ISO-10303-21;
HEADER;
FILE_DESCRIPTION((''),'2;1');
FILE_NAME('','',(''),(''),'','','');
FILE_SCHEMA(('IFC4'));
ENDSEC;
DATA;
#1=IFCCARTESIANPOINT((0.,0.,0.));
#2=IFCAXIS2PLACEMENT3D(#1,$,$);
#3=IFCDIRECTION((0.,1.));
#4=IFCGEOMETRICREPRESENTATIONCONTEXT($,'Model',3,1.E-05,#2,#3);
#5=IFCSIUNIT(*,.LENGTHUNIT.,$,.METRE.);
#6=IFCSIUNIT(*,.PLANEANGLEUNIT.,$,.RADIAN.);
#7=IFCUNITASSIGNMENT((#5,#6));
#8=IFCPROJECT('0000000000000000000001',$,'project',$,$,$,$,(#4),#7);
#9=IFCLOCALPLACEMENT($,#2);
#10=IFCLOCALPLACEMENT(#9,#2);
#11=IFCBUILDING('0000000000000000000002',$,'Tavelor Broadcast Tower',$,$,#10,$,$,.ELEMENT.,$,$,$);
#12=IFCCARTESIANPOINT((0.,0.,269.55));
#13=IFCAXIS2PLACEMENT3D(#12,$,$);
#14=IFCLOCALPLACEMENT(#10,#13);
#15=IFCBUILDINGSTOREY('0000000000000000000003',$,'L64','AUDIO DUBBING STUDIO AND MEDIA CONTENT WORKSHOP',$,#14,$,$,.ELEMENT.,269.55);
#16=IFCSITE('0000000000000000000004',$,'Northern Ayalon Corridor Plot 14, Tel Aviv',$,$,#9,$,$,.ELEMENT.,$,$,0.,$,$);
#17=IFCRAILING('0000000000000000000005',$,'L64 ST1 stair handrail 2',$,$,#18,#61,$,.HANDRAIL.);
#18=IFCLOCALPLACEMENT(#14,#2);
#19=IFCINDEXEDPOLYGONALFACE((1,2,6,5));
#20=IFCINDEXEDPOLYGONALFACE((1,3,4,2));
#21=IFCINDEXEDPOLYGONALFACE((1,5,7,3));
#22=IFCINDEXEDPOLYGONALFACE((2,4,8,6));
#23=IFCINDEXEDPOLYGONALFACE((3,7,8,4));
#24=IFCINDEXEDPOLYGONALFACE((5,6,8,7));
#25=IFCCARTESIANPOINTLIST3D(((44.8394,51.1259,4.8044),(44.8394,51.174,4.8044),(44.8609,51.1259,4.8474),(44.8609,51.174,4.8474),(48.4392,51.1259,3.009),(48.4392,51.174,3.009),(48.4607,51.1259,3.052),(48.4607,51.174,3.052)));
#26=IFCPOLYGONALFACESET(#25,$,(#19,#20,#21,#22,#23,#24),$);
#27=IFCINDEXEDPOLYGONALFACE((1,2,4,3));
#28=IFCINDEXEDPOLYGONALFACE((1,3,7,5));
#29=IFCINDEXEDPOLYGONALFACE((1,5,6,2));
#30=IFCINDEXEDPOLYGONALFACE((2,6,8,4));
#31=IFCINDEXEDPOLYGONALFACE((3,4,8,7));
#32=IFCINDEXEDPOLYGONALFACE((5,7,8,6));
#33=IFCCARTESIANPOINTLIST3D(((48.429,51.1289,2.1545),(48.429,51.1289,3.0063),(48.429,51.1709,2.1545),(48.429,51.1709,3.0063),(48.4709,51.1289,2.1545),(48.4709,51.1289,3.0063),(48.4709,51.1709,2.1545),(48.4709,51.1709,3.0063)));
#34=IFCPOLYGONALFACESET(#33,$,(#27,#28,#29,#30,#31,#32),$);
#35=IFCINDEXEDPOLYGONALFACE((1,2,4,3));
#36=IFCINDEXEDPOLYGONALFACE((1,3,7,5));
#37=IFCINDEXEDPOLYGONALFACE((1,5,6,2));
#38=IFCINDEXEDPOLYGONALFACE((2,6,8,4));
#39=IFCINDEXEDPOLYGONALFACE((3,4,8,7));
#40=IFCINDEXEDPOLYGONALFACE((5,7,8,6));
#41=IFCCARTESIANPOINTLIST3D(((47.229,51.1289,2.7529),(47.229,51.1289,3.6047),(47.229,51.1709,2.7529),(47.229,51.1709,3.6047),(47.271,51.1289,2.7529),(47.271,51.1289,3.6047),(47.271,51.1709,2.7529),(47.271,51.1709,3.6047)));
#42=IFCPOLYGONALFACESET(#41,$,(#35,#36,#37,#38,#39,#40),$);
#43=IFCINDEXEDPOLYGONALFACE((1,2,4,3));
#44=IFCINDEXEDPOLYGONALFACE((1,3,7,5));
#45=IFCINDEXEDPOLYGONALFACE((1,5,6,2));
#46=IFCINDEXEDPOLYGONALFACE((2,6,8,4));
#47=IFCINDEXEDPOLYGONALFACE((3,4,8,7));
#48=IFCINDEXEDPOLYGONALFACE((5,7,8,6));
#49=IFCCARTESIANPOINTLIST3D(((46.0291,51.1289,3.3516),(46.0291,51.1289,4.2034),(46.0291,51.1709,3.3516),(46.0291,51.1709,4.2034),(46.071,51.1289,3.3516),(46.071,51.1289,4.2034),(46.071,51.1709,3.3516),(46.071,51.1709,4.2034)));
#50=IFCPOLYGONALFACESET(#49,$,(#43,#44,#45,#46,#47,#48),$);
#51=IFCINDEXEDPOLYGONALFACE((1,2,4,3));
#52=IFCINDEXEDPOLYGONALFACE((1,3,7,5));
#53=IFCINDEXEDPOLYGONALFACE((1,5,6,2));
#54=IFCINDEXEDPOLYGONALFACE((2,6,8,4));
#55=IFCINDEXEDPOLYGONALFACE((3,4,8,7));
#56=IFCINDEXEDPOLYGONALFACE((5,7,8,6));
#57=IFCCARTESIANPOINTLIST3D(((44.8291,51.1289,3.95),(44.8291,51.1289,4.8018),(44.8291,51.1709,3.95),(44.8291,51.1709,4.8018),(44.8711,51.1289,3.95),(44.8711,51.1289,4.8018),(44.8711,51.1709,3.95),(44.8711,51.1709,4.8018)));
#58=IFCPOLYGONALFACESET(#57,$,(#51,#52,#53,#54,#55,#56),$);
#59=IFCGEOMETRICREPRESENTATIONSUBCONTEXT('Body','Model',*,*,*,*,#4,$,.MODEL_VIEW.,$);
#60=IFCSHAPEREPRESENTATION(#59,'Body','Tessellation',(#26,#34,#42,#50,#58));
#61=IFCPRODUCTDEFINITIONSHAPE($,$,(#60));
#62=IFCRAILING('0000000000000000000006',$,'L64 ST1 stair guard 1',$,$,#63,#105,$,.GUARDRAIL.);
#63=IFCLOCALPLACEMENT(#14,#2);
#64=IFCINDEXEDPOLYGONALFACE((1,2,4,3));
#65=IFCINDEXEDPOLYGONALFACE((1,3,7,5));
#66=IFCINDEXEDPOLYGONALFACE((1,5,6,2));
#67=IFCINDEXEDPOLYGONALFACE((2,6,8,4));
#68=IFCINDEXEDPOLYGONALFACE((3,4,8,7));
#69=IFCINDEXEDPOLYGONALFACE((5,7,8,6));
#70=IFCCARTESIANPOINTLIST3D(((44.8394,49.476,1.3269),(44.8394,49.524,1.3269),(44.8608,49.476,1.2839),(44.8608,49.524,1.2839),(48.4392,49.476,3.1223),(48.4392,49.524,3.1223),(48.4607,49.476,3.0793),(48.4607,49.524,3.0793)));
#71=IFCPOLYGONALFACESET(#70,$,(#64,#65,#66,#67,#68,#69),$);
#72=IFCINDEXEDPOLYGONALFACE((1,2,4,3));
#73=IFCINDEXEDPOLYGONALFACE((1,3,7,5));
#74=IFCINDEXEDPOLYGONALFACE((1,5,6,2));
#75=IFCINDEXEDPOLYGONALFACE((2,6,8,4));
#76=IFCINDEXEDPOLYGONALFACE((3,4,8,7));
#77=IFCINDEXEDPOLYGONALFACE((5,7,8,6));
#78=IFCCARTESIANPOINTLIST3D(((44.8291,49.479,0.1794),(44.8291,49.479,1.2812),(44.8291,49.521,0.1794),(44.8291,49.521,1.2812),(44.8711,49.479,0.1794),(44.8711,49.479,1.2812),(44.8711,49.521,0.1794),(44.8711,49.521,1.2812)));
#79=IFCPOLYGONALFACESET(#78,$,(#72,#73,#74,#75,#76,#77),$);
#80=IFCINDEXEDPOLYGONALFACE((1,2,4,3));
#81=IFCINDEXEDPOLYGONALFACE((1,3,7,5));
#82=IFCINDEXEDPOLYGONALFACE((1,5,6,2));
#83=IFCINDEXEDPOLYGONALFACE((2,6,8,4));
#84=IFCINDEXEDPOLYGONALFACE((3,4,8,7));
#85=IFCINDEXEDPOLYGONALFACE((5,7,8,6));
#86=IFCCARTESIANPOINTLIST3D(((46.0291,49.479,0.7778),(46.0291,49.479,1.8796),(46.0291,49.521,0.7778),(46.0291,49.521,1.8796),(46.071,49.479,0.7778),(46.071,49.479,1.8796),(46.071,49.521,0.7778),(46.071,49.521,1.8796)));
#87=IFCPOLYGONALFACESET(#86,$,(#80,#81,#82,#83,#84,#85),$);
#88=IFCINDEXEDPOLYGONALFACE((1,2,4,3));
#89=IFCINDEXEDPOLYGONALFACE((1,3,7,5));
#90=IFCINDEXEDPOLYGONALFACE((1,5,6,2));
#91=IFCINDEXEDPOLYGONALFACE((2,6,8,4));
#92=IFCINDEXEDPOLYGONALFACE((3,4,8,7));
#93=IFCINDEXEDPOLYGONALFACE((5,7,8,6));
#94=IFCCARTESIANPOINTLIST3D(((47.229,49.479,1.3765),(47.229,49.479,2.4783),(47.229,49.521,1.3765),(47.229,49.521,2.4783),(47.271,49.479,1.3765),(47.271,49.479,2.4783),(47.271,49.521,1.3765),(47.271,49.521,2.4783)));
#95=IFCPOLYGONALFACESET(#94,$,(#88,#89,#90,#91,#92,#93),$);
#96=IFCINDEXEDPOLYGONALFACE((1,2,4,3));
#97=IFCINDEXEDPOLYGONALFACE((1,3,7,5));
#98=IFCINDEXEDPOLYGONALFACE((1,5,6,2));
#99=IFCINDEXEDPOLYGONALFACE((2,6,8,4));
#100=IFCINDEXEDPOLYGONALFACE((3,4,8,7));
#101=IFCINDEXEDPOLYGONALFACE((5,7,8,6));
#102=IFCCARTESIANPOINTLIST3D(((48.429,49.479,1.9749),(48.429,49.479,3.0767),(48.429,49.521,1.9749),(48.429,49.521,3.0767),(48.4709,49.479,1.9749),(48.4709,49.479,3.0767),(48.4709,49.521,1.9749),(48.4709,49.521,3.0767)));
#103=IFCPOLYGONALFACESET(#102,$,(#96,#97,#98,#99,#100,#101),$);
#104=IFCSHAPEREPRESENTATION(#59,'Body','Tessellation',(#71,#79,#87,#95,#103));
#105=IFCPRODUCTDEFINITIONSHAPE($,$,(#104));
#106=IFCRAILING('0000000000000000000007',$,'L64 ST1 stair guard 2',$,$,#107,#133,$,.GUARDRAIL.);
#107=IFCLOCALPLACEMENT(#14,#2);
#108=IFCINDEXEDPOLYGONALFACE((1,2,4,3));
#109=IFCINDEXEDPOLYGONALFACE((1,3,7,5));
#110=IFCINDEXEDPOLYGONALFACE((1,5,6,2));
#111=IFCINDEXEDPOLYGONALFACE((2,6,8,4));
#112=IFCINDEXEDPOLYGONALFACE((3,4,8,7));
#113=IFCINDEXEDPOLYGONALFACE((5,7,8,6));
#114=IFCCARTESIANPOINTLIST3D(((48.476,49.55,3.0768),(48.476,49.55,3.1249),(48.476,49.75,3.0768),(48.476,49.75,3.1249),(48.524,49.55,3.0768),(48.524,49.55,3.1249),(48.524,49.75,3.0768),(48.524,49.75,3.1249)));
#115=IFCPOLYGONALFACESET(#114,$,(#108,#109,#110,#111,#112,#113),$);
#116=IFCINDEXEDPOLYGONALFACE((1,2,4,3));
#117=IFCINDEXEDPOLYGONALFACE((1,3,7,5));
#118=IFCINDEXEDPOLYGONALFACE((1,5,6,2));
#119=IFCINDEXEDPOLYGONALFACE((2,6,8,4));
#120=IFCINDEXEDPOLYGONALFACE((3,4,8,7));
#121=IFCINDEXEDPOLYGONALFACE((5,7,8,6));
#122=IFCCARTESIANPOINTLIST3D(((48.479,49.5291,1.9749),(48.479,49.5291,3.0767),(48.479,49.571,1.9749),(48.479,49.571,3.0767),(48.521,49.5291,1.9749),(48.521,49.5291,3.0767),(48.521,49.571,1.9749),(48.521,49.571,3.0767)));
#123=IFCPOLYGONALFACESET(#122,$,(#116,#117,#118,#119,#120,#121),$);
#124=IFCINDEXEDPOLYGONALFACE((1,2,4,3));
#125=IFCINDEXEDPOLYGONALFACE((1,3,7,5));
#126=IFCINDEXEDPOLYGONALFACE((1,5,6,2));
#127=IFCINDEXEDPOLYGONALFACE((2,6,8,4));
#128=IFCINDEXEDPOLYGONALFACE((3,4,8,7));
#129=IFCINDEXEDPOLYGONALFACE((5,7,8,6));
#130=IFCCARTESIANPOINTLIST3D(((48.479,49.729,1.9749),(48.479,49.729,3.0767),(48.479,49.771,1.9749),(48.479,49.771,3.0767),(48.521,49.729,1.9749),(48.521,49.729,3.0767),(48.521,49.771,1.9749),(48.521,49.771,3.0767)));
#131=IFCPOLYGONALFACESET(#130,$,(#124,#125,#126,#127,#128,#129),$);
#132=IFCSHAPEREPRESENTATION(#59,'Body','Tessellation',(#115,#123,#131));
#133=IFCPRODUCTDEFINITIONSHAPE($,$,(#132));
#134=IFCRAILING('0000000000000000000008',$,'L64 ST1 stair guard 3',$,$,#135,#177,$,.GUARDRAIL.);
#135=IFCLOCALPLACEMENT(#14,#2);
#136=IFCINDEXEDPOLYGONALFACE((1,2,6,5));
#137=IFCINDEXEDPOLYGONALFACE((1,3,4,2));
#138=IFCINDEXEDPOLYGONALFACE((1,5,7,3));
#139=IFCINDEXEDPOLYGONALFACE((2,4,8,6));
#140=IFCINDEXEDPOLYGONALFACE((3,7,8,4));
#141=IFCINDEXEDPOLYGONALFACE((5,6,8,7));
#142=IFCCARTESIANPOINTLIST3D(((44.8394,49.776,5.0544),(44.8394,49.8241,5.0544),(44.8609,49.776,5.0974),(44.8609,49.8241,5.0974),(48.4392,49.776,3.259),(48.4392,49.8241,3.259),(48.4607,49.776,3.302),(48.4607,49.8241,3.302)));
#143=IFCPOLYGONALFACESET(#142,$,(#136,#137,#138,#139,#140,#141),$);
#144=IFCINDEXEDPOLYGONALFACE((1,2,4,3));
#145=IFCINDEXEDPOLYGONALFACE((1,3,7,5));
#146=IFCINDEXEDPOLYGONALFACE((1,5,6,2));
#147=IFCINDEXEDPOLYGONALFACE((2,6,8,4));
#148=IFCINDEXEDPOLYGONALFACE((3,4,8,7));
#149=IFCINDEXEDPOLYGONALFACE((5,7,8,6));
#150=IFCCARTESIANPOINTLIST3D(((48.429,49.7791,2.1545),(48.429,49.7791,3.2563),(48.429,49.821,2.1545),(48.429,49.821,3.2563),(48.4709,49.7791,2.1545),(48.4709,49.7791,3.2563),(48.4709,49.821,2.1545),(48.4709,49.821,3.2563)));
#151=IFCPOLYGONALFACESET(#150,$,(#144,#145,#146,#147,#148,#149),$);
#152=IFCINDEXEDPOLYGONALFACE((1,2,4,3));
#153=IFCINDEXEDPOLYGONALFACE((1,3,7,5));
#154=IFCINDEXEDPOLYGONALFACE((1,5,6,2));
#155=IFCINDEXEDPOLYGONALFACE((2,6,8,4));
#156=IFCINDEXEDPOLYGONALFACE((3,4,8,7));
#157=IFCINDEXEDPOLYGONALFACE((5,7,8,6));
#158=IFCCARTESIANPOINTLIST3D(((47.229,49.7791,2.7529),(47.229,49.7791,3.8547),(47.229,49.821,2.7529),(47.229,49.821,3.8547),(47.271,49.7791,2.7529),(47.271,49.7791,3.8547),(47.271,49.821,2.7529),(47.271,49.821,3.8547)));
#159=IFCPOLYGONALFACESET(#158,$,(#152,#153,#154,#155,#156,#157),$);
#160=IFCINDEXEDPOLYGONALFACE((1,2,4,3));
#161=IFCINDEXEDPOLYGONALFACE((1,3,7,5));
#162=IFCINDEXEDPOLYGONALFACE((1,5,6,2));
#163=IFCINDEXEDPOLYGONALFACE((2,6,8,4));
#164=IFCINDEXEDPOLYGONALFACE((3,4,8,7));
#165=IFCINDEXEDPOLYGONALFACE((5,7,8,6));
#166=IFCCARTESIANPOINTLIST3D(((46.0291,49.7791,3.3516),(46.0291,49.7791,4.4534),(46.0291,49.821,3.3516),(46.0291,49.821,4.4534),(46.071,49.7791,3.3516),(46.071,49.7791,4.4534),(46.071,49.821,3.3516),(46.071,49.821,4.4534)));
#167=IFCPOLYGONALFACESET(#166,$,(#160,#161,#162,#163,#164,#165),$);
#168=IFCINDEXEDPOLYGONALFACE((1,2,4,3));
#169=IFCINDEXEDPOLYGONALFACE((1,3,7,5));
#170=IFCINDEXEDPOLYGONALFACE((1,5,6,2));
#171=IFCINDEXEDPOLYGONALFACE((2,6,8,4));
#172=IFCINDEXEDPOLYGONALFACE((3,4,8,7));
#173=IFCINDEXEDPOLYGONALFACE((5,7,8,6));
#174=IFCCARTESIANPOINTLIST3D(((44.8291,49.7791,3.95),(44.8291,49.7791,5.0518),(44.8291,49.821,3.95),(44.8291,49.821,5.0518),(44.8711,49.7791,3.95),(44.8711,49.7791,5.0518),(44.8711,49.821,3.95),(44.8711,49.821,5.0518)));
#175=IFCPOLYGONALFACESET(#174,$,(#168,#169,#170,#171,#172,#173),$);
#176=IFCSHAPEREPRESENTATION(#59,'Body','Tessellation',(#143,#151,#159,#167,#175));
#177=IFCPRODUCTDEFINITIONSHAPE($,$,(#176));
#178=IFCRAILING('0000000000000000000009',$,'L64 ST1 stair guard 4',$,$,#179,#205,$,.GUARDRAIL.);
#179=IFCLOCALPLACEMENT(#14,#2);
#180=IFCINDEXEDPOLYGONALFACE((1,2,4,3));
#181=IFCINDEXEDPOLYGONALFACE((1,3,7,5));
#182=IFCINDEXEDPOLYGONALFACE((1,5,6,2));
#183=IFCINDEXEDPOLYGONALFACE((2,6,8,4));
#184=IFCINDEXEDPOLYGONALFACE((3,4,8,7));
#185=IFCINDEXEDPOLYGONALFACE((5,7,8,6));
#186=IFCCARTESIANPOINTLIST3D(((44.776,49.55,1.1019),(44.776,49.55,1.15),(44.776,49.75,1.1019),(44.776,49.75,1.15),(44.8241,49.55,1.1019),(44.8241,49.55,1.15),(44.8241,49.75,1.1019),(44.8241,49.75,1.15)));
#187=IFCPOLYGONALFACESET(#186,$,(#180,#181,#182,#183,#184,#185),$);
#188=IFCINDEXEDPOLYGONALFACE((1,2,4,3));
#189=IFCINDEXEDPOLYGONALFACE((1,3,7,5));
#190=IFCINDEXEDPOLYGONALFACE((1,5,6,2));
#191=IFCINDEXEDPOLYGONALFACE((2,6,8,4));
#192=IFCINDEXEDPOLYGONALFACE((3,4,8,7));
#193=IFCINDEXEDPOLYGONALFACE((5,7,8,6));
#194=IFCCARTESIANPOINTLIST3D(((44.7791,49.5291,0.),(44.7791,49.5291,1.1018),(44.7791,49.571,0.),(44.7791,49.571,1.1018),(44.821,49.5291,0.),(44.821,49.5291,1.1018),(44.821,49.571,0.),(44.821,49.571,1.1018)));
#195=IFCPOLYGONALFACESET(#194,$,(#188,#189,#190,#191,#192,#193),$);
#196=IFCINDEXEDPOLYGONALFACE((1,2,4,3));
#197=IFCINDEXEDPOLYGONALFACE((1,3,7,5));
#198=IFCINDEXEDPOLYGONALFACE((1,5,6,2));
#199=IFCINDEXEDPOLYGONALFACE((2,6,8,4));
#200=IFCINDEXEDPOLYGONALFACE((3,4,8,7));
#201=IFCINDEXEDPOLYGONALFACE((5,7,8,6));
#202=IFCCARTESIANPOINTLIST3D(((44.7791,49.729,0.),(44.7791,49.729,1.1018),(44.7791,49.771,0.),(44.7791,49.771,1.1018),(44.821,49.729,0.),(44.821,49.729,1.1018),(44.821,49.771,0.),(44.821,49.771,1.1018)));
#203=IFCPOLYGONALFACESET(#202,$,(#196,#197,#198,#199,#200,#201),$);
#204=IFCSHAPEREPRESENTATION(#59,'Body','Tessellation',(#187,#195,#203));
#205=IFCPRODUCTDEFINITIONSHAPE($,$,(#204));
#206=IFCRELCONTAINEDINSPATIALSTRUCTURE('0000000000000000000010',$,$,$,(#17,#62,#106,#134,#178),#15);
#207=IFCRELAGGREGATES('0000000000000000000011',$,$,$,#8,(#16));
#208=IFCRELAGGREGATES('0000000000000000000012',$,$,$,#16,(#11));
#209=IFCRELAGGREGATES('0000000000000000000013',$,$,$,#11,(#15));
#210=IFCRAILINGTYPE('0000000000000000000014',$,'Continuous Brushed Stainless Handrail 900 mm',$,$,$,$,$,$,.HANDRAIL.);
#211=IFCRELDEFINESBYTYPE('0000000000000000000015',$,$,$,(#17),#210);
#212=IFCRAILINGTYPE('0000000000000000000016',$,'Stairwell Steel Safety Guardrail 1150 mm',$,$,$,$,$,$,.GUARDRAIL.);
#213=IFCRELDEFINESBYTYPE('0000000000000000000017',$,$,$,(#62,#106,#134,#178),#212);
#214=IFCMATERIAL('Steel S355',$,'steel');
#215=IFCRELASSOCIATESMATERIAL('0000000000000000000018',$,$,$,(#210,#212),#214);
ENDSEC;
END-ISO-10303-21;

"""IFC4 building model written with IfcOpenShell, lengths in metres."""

from ifc_helpers import new_model, si_unit, direction, frame, origin, origin_2d, place, context, subcontext, project, spatial, rectangle, extrude, material, type_object, element, save


model = new_model("IFC4")

# Units and contexts
model_context = context("Model", 3, precision=1e-05, world=origin(), true_north=direction((0.0, 1.0)))
body_context = subcontext(model_context, "Body", "Model", "MODEL_VIEW")
ifc_project = project(units=[si_unit("LENGTHUNIT", "METRE"), si_unit("PLANEANGLEUNIT", "RADIAN")], contexts=[model_context])

# Site, building, storey
site_placement = place(None, origin())
site = spatial("IfcSite", under=ifc_project, at=site_placement, Name="Northern Ayalon Corridor Plot 14, Tel Aviv", CompositionType="ELEMENT", RefElevation=0.0)
building_placement = place(site_placement, origin())
building = spatial("IfcBuilding", under=site, at=building_placement, Name="Tavelor Broadcast Tower", CompositionType="ELEMENT")
storey_placement = place(building_placement, frame((0.0, 0.0, 269.55)))
storey = spatial("IfcBuildingStorey", under=building, at=storey_placement, Name="L64", Description="AUDIO DUBBING STUDIO AND MEDIA CONTENT WORKSHOP", CompositionType="ELEMENT", Elevation=269.55)

# Shared definitions
ifc_material_1 = material(Name="Steel S355", Category="steel")

# Railings
railing_type_1 = type_object("IfcRailingType", Name="Continuous Brushed Stainless Handrail 900 mm", PredefinedType="HANDRAIL", material=ifc_material_1)
railing_1_placement = place(storey_placement, frame((48.45, 51.1499, 2.1545)))
element("IfcRailing", 1, at=railing_1_placement, inside=storey, type_object=railing_type_1, Name="L64 ST1 stair handrail 2", PredefinedType="HANDRAIL", context=body_context, shape_type="SweptSolid", body=[
    extrude(rectangle(XDim=0.0481, YDim=0.0481, at=origin_2d()), frame((0.0, 0.0, 0.876), z_axis=(-0.894876, 0.0, 0.446315), x_axis=(0.0, -1.0, 0.0)), (0.0, 0.0, 1.0), 4.0227),
    extrude(rectangle(XDim=0.042, YDim=0.042, at=origin_2d()), origin(), (0.0, 0.0, 1.0), 0.8518),
    extrude(rectangle(XDim=0.042, YDim=0.042, at=origin_2d()), frame((-1.2, 0.0, 0.5984)), (0.0, 0.0, 1.0), 0.8518),
    extrude(rectangle(XDim=0.042, YDim=0.042, at=origin_2d()), frame((-2.3999, 0.0, 1.197)), (0.0, 0.0, 1.0), 0.8518),
    extrude(rectangle(XDim=0.042, YDim=0.042, at=origin_2d()), frame((-3.5999, 0.0, 1.7954)), (0.0, 0.0, 1.0), 0.8518),
])
railing_type_2 = type_object("IfcRailingType", Name="Stairwell Steel Safety Guardrail 1150 mm", PredefinedType="GUARDRAIL", material=ifc_material_1)
railing_2_placement = place(storey_placement, frame((44.8501, 49.5, 0.1794)))
element("IfcRailing", 2, at=railing_2_placement, inside=storey, type_object=railing_type_2, Name="L64 ST1 stair guard 1", PredefinedType="GUARDRAIL", context=body_context, shape_type="SweptSolid", body=[
    extrude(rectangle(XDim=0.0481, YDim=0.0481, at=origin_2d()), frame((0.0, 0.0, 1.126), z_axis=(0.894876, 0.0, 0.446315), x_axis=(0.0, 1.0, 0.0)), (0.0, 0.0, 1.0), 4.0227),
    extrude(rectangle(XDim=0.042, YDim=0.042, at=origin_2d()), origin(), (0.0, 0.0, 1.0), 1.1018),
    extrude(rectangle(XDim=0.042, YDim=0.042, at=origin_2d()), frame((1.2, 0.0, 0.5984)), (0.0, 0.0, 1.0), 1.1018),
    extrude(rectangle(XDim=0.042, YDim=0.042, at=origin_2d()), frame((2.3999, 0.0, 1.197)), (0.0, 0.0, 1.0), 1.1018),
    extrude(rectangle(XDim=0.042, YDim=0.042, at=origin_2d()), frame((3.5999, 0.0, 1.7954)), (0.0, 0.0, 1.0), 1.1018),
])
railing_3_placement = place(storey_placement, frame((48.5, 49.55, 1.9749)))
element("IfcRailing", 3, at=railing_3_placement, inside=storey, type_object=railing_type_2, Name="L64 ST1 stair guard 2", PredefinedType="GUARDRAIL", context=body_context, shape_type="SweptSolid", body=[
    extrude(rectangle(XDim=0.0481, YDim=0.0481, at=origin_2d()), frame((0.0, 0.0, 1.126), z_axis=(0.0, 1.0, 0.0), x_axis=(-1.0, 0.0, 0.0)), (0.0, 0.0, 1.0), 0.2),
    extrude(rectangle(XDim=0.042, YDim=0.042, at=origin_2d()), origin(), (0.0, 0.0, 1.0), 1.1018),
    extrude(rectangle(XDim=0.042, YDim=0.042, at=origin_2d()), frame((0.0, 0.2, 0.0)), (0.0, 0.0, 1.0), 1.1018),
])
railing_4_placement = place(storey_placement, frame((48.45, 49.8, 2.1545)))
element("IfcRailing", 4, at=railing_4_placement, inside=storey, type_object=railing_type_2, Name="L64 ST1 stair guard 3", PredefinedType="GUARDRAIL", context=body_context, shape_type="SweptSolid", body=[
    extrude(rectangle(XDim=0.0481, YDim=0.0481, at=origin_2d()), frame((0.0, 0.0, 1.126), z_axis=(-0.894876, 0.0, 0.446315), x_axis=(0.0, -1.0, 0.0)), (0.0, 0.0, 1.0), 4.0227),
    extrude(rectangle(XDim=0.042, YDim=0.042, at=origin_2d()), origin(), (0.0, 0.0, 1.0), 1.1018),
    extrude(rectangle(XDim=0.042, YDim=0.042, at=origin_2d()), frame((-1.2, 0.0, 0.5984)), (0.0, 0.0, 1.0), 1.1018),
    extrude(rectangle(XDim=0.042, YDim=0.042, at=origin_2d()), frame((-2.3999, 0.0, 1.197)), (0.0, 0.0, 1.0), 1.1018),
    extrude(rectangle(XDim=0.042, YDim=0.042, at=origin_2d()), frame((-3.5999, 0.0, 1.7954)), (0.0, 0.0, 1.0), 1.1018),
])
railing_5_placement = place(storey_placement, frame((44.8, 49.55, 0.0)))
element("IfcRailing", 5, at=railing_5_placement, inside=storey, type_object=railing_type_2, Name="L64 ST1 stair guard 4", PredefinedType="GUARDRAIL", context=body_context, shape_type="SweptSolid", body=[
    extrude(rectangle(XDim=0.0481, YDim=0.0481, at=origin_2d()), frame((0.0, 0.0, 1.126), z_axis=(0.0, 1.0, 0.0), x_axis=(-1.0, 0.0, 0.0)), (0.0, 0.0, 1.0), 0.2),
    extrude(rectangle(XDim=0.042, YDim=0.042, at=origin_2d()), origin(), (0.0, 0.0, 1.0), 1.1018),
    extrude(rectangle(XDim=0.042, YDim=0.042, at=origin_2d()), frame((0.0, 0.2, 0.0)), (0.0, 0.0, 1.0), 1.1018),
])

save(model, "model.ifc")
